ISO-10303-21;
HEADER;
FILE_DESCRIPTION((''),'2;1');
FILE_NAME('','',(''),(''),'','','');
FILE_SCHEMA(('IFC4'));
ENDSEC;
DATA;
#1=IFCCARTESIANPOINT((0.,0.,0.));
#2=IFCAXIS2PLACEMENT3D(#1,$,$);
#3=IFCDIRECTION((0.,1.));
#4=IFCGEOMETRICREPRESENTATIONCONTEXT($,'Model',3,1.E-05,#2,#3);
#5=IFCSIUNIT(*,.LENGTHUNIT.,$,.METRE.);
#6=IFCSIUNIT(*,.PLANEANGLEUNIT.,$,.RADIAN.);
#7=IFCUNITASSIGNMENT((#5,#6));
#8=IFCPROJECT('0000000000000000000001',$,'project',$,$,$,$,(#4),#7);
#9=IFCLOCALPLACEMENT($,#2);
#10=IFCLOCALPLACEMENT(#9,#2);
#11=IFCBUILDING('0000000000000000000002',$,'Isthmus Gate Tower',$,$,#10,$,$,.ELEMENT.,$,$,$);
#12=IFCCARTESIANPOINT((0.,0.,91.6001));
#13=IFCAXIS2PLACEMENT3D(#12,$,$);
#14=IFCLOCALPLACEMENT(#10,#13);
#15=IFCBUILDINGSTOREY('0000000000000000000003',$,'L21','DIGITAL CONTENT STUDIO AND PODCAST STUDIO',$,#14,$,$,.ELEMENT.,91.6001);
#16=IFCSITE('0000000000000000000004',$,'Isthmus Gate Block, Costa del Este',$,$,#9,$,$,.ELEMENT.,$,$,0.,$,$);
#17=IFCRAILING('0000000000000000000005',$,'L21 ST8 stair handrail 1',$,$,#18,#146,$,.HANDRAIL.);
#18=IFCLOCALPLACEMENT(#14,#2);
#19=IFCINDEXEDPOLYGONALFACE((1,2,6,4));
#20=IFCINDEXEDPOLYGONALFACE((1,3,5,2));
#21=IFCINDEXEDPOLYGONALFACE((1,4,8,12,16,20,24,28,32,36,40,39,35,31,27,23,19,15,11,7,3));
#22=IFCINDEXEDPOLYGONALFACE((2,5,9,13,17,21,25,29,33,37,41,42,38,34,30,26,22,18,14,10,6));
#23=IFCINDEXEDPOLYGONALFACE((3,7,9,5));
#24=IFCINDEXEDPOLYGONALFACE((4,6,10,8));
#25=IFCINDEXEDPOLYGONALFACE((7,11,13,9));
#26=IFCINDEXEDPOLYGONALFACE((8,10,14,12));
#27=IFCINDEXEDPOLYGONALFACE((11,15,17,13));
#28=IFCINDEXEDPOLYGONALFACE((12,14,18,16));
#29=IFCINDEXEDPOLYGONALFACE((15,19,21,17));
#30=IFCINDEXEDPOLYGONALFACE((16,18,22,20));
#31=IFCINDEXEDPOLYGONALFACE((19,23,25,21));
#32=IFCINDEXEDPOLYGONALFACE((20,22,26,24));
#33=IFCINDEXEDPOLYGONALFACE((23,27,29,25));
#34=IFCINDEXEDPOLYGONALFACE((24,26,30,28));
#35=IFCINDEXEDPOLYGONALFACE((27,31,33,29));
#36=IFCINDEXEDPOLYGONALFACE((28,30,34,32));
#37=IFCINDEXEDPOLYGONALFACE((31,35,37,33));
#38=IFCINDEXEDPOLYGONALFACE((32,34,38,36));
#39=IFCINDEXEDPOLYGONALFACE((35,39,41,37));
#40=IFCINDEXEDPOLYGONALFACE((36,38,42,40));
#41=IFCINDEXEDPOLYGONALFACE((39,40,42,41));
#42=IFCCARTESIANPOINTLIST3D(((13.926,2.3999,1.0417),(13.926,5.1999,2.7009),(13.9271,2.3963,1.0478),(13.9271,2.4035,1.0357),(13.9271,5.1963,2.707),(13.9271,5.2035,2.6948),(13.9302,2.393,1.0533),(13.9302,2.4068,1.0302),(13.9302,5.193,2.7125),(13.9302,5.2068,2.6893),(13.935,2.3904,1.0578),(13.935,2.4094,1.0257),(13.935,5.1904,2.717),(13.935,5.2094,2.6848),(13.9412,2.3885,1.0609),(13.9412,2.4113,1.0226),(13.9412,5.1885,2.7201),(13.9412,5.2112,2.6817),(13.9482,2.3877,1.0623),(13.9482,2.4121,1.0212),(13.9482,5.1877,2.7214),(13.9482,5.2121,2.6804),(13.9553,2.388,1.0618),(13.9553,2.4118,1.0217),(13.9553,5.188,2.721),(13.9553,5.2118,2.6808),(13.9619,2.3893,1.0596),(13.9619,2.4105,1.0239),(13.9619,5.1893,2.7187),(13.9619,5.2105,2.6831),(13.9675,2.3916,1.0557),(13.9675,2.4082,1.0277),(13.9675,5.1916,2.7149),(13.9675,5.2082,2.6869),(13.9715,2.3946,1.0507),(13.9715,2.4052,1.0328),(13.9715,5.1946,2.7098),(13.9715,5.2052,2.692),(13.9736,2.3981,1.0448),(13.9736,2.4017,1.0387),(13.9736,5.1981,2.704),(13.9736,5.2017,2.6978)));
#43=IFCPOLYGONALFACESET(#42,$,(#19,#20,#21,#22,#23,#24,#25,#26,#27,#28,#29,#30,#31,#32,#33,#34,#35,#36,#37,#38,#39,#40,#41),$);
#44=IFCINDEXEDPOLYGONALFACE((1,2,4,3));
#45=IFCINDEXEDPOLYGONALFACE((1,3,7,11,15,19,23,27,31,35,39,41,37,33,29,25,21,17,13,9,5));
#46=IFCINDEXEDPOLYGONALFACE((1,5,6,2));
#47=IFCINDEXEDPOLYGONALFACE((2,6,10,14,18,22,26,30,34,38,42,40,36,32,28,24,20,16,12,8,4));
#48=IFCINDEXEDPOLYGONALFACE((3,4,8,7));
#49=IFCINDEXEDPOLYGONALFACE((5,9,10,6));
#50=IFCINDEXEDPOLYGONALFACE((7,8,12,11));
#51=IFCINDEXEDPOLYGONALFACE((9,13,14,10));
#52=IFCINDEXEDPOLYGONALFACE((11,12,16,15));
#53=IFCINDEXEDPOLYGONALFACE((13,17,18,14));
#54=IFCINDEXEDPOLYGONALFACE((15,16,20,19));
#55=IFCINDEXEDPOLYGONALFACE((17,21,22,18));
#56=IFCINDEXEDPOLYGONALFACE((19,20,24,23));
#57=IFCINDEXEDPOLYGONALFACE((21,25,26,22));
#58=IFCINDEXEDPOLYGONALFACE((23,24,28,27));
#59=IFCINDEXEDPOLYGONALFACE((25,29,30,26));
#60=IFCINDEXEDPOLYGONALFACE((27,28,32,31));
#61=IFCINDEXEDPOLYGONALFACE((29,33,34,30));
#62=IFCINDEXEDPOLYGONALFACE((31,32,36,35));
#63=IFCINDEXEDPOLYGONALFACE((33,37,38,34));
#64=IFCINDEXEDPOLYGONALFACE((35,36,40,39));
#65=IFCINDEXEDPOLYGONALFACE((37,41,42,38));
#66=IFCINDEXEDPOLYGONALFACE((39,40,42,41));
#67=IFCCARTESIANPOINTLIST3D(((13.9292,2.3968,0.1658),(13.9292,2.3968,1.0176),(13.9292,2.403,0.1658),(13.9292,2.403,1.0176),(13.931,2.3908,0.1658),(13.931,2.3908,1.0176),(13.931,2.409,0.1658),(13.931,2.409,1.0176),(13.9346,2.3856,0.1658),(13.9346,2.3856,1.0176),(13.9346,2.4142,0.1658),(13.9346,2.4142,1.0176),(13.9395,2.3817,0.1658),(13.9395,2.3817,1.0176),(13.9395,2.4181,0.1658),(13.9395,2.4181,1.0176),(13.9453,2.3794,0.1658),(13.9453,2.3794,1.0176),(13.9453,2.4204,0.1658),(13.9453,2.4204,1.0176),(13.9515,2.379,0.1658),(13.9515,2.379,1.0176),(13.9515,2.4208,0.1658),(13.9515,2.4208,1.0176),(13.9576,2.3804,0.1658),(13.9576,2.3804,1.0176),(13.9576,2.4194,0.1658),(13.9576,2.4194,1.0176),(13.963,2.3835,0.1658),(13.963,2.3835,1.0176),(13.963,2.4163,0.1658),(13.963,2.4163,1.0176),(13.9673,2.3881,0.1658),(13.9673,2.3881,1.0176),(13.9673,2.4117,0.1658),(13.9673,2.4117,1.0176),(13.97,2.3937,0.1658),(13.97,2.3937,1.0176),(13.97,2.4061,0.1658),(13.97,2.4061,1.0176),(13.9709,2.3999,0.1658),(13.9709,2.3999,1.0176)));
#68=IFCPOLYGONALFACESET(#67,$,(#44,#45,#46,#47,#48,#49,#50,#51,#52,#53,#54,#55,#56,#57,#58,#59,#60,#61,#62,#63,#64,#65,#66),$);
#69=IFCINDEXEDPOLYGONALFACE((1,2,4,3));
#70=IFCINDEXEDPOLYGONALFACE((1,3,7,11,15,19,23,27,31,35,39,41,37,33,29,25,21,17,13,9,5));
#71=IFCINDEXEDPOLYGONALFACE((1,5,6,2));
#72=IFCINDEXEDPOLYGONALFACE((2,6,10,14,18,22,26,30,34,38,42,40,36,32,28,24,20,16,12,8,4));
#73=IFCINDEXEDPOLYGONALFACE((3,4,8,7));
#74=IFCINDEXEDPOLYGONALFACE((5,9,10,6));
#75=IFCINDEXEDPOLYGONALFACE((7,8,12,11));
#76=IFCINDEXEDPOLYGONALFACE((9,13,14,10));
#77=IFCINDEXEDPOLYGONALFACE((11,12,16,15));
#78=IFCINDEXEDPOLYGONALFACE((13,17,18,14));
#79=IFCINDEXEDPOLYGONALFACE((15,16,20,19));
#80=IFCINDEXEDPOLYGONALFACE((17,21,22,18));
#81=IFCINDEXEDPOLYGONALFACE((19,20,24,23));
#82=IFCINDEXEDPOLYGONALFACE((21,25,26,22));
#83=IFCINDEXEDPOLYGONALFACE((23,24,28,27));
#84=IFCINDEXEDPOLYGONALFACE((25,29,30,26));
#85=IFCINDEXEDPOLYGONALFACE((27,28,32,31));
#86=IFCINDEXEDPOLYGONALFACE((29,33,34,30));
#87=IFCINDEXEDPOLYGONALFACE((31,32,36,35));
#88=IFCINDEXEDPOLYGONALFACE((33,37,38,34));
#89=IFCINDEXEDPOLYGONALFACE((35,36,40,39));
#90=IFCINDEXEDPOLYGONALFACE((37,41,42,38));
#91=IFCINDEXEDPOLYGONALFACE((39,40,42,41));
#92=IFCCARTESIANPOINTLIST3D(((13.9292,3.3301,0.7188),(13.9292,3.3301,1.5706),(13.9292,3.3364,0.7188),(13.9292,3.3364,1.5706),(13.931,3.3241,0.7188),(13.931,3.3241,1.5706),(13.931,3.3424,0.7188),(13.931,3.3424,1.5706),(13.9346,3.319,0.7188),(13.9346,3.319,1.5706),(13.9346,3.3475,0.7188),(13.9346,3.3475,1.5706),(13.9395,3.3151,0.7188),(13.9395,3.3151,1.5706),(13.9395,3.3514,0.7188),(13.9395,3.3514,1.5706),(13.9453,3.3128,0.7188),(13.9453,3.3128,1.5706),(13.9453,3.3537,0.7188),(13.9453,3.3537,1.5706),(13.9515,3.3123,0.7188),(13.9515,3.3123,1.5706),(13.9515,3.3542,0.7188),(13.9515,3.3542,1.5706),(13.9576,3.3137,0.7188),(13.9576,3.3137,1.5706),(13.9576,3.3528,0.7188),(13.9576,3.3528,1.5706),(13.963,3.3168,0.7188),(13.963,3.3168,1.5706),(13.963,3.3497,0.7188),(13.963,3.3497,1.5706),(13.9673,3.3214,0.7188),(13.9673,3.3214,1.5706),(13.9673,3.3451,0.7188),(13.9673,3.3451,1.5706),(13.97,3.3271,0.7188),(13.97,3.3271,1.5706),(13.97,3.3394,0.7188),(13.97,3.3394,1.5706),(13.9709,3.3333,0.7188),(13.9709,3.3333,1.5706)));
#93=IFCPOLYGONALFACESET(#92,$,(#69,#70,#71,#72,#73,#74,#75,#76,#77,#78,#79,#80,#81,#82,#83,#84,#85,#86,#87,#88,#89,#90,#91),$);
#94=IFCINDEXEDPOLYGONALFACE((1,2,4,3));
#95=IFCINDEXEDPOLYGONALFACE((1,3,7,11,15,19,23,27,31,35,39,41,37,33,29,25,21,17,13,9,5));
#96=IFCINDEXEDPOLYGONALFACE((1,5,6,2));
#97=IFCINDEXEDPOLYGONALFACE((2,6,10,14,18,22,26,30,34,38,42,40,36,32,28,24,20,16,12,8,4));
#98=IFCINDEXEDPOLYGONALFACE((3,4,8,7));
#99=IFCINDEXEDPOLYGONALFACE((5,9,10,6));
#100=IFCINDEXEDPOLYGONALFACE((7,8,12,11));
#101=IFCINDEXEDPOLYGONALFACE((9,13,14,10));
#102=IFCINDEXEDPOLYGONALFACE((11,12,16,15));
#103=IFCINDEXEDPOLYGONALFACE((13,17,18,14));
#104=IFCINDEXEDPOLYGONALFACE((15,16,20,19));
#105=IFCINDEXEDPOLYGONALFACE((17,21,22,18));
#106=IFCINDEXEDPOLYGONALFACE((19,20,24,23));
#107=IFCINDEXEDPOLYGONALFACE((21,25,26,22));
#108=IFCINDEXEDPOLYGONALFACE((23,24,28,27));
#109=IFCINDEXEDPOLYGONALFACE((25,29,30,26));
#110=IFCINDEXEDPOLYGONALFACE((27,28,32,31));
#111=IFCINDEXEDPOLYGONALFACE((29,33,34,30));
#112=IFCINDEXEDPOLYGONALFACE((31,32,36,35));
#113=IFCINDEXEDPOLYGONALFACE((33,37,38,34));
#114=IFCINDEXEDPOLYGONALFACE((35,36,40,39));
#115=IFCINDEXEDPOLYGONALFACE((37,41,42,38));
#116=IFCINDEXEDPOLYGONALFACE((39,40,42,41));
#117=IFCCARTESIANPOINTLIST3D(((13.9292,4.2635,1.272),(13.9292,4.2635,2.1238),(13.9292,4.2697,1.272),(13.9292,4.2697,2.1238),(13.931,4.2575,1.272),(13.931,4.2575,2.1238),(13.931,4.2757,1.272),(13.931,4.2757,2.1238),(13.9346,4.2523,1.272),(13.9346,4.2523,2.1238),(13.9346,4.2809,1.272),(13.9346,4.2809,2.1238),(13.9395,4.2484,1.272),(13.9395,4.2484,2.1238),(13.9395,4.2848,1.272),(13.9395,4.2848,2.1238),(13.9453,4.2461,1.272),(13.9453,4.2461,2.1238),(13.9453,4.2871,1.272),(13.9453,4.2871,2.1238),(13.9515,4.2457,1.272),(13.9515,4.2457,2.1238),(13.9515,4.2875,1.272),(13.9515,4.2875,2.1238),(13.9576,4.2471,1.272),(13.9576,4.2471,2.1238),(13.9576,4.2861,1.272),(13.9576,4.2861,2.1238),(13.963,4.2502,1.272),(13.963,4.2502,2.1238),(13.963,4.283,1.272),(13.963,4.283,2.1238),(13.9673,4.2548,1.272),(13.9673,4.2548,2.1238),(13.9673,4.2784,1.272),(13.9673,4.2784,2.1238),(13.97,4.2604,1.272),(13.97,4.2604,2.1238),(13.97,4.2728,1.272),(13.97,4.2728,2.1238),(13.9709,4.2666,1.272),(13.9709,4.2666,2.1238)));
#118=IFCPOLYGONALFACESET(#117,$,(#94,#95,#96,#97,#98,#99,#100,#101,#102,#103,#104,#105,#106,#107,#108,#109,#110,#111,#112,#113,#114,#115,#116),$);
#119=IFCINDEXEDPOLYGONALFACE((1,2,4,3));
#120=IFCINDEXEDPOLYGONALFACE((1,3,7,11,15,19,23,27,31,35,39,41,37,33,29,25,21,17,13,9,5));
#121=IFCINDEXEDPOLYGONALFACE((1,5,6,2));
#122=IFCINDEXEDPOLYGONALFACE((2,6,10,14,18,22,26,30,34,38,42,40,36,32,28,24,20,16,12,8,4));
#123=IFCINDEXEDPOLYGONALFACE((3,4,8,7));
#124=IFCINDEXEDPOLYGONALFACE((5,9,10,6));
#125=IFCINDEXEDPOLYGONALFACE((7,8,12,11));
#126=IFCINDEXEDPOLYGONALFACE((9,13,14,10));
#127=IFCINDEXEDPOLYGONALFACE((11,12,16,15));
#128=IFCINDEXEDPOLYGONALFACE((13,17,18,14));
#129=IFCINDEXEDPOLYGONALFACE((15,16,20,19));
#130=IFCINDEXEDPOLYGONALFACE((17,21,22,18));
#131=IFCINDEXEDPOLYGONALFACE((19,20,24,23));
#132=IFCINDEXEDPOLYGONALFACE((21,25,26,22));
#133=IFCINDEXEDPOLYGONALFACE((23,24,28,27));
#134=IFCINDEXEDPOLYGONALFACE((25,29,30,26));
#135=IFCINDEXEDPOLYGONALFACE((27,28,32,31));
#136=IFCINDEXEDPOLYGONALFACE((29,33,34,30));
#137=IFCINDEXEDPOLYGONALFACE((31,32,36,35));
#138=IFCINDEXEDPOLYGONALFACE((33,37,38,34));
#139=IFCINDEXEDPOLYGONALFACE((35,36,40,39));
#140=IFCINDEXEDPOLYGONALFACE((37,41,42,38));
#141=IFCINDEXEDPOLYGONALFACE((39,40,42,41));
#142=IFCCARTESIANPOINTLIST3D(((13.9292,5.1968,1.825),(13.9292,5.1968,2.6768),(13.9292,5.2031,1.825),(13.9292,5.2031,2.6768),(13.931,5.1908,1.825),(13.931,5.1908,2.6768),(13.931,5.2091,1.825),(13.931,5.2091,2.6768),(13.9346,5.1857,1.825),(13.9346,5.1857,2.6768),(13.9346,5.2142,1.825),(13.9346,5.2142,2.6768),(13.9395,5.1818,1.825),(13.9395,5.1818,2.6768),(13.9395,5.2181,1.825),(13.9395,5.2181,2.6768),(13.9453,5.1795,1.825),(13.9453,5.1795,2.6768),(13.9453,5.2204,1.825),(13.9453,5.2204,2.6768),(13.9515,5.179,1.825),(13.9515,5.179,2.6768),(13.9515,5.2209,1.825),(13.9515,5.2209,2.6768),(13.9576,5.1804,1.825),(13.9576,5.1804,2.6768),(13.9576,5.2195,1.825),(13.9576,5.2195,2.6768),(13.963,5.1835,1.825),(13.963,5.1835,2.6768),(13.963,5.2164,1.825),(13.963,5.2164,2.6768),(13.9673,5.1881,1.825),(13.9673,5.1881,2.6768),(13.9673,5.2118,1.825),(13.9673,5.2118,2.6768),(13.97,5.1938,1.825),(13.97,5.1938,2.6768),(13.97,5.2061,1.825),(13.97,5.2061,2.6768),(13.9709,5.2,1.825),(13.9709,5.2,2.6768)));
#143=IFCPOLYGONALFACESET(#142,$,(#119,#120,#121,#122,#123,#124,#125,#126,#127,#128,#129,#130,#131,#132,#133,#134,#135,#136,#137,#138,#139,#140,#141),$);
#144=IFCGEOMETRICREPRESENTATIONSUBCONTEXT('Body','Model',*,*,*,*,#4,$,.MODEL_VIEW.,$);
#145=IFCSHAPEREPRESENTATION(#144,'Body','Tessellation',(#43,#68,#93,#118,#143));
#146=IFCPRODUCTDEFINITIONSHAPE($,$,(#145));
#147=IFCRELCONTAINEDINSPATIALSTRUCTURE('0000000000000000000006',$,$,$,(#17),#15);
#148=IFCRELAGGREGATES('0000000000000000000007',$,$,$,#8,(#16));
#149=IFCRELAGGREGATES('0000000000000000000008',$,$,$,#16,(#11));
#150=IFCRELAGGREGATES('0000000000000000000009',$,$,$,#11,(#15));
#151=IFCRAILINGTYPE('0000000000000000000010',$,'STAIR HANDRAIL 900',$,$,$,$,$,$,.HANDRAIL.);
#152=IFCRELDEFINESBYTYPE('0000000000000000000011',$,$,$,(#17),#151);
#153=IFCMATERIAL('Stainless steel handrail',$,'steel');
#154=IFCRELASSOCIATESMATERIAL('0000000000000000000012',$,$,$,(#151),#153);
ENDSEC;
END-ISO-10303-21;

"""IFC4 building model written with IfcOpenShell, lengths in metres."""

from ifc_helpers import new_model, si_unit, direction, frame, origin, origin_2d, place, context, subcontext, project, spatial, circle, extrude, material, type_object, element, save


model = new_model("IFC4")

# Units and contexts
model_context = context("Model", 3, precision=1e-05, world=origin(), true_north=direction((0.0, 1.0)))
body_context = subcontext(model_context, "Body", "Model", "MODEL_VIEW")
ifc_project = project(units=[si_unit("LENGTHUNIT", "METRE"), si_unit("PLANEANGLEUNIT", "RADIAN")], contexts=[model_context])

# Site, building, storey
site_placement = place(None, origin())
site = spatial("IfcSite", under=ifc_project, at=site_placement, Name="Isthmus Gate Block, Costa del Este", CompositionType="ELEMENT", RefElevation=0.0)
building_placement = place(site_placement, origin())
building = spatial("IfcBuilding", under=site, at=building_placement, Name="Isthmus Gate Tower", CompositionType="ELEMENT")
storey_placement = place(building_placement, frame((0.0, 0.0, 91.6001)))
storey = spatial("IfcBuildingStorey", under=building, at=storey_placement, Name="L21", Description="DIGITAL CONTENT STUDIO AND PODCAST STUDIO", CompositionType="ELEMENT", Elevation=91.6001)

# Railing
ifc_material_1 = material(Name="Stainless steel handrail", Category="steel")
railing_type = type_object("IfcRailingType", Name="STAIR HANDRAIL 900", PredefinedType="HANDRAIL", material=ifc_material_1)
railing_placement = place(storey_placement, frame((13.95, 2.3999, 0.1658)))
element("IfcRailing", 1, at=railing_placement, inside=storey, type_object=railing_type, Name="L21 ST8 stair handrail 1", PredefinedType="HANDRAIL", context=body_context, shape_type="SweptSolid", body=[
    extrude(circle(Radius=0.0239, at=origin_2d()), frame((0.0, 0.0, 0.876), z_axis=(0.0, 0.860306, 0.509778), x_axis=(-1.0, 0.0, 0.0)), (0.0, 0.0, 1.0), 3.2546),
    extrude(circle(Radius=0.021, at=origin_2d()), origin(), (0.0, 0.0, 1.0), 0.8518),
    extrude(circle(Radius=0.021, at=origin_2d()), frame((0.0, 0.9333, 0.553)), (0.0, 0.0, 1.0), 0.8518),
    extrude(circle(Radius=0.021, at=origin_2d()), frame((0.0, 1.8667, 1.1062)), (0.0, 0.0, 1.0), 0.8518),
    extrude(circle(Radius=0.021, at=origin_2d()), frame((0.0, 2.8, 1.6592)), (0.0, 0.0, 1.0), 0.8518),
])

save(model, "model.ifc")
